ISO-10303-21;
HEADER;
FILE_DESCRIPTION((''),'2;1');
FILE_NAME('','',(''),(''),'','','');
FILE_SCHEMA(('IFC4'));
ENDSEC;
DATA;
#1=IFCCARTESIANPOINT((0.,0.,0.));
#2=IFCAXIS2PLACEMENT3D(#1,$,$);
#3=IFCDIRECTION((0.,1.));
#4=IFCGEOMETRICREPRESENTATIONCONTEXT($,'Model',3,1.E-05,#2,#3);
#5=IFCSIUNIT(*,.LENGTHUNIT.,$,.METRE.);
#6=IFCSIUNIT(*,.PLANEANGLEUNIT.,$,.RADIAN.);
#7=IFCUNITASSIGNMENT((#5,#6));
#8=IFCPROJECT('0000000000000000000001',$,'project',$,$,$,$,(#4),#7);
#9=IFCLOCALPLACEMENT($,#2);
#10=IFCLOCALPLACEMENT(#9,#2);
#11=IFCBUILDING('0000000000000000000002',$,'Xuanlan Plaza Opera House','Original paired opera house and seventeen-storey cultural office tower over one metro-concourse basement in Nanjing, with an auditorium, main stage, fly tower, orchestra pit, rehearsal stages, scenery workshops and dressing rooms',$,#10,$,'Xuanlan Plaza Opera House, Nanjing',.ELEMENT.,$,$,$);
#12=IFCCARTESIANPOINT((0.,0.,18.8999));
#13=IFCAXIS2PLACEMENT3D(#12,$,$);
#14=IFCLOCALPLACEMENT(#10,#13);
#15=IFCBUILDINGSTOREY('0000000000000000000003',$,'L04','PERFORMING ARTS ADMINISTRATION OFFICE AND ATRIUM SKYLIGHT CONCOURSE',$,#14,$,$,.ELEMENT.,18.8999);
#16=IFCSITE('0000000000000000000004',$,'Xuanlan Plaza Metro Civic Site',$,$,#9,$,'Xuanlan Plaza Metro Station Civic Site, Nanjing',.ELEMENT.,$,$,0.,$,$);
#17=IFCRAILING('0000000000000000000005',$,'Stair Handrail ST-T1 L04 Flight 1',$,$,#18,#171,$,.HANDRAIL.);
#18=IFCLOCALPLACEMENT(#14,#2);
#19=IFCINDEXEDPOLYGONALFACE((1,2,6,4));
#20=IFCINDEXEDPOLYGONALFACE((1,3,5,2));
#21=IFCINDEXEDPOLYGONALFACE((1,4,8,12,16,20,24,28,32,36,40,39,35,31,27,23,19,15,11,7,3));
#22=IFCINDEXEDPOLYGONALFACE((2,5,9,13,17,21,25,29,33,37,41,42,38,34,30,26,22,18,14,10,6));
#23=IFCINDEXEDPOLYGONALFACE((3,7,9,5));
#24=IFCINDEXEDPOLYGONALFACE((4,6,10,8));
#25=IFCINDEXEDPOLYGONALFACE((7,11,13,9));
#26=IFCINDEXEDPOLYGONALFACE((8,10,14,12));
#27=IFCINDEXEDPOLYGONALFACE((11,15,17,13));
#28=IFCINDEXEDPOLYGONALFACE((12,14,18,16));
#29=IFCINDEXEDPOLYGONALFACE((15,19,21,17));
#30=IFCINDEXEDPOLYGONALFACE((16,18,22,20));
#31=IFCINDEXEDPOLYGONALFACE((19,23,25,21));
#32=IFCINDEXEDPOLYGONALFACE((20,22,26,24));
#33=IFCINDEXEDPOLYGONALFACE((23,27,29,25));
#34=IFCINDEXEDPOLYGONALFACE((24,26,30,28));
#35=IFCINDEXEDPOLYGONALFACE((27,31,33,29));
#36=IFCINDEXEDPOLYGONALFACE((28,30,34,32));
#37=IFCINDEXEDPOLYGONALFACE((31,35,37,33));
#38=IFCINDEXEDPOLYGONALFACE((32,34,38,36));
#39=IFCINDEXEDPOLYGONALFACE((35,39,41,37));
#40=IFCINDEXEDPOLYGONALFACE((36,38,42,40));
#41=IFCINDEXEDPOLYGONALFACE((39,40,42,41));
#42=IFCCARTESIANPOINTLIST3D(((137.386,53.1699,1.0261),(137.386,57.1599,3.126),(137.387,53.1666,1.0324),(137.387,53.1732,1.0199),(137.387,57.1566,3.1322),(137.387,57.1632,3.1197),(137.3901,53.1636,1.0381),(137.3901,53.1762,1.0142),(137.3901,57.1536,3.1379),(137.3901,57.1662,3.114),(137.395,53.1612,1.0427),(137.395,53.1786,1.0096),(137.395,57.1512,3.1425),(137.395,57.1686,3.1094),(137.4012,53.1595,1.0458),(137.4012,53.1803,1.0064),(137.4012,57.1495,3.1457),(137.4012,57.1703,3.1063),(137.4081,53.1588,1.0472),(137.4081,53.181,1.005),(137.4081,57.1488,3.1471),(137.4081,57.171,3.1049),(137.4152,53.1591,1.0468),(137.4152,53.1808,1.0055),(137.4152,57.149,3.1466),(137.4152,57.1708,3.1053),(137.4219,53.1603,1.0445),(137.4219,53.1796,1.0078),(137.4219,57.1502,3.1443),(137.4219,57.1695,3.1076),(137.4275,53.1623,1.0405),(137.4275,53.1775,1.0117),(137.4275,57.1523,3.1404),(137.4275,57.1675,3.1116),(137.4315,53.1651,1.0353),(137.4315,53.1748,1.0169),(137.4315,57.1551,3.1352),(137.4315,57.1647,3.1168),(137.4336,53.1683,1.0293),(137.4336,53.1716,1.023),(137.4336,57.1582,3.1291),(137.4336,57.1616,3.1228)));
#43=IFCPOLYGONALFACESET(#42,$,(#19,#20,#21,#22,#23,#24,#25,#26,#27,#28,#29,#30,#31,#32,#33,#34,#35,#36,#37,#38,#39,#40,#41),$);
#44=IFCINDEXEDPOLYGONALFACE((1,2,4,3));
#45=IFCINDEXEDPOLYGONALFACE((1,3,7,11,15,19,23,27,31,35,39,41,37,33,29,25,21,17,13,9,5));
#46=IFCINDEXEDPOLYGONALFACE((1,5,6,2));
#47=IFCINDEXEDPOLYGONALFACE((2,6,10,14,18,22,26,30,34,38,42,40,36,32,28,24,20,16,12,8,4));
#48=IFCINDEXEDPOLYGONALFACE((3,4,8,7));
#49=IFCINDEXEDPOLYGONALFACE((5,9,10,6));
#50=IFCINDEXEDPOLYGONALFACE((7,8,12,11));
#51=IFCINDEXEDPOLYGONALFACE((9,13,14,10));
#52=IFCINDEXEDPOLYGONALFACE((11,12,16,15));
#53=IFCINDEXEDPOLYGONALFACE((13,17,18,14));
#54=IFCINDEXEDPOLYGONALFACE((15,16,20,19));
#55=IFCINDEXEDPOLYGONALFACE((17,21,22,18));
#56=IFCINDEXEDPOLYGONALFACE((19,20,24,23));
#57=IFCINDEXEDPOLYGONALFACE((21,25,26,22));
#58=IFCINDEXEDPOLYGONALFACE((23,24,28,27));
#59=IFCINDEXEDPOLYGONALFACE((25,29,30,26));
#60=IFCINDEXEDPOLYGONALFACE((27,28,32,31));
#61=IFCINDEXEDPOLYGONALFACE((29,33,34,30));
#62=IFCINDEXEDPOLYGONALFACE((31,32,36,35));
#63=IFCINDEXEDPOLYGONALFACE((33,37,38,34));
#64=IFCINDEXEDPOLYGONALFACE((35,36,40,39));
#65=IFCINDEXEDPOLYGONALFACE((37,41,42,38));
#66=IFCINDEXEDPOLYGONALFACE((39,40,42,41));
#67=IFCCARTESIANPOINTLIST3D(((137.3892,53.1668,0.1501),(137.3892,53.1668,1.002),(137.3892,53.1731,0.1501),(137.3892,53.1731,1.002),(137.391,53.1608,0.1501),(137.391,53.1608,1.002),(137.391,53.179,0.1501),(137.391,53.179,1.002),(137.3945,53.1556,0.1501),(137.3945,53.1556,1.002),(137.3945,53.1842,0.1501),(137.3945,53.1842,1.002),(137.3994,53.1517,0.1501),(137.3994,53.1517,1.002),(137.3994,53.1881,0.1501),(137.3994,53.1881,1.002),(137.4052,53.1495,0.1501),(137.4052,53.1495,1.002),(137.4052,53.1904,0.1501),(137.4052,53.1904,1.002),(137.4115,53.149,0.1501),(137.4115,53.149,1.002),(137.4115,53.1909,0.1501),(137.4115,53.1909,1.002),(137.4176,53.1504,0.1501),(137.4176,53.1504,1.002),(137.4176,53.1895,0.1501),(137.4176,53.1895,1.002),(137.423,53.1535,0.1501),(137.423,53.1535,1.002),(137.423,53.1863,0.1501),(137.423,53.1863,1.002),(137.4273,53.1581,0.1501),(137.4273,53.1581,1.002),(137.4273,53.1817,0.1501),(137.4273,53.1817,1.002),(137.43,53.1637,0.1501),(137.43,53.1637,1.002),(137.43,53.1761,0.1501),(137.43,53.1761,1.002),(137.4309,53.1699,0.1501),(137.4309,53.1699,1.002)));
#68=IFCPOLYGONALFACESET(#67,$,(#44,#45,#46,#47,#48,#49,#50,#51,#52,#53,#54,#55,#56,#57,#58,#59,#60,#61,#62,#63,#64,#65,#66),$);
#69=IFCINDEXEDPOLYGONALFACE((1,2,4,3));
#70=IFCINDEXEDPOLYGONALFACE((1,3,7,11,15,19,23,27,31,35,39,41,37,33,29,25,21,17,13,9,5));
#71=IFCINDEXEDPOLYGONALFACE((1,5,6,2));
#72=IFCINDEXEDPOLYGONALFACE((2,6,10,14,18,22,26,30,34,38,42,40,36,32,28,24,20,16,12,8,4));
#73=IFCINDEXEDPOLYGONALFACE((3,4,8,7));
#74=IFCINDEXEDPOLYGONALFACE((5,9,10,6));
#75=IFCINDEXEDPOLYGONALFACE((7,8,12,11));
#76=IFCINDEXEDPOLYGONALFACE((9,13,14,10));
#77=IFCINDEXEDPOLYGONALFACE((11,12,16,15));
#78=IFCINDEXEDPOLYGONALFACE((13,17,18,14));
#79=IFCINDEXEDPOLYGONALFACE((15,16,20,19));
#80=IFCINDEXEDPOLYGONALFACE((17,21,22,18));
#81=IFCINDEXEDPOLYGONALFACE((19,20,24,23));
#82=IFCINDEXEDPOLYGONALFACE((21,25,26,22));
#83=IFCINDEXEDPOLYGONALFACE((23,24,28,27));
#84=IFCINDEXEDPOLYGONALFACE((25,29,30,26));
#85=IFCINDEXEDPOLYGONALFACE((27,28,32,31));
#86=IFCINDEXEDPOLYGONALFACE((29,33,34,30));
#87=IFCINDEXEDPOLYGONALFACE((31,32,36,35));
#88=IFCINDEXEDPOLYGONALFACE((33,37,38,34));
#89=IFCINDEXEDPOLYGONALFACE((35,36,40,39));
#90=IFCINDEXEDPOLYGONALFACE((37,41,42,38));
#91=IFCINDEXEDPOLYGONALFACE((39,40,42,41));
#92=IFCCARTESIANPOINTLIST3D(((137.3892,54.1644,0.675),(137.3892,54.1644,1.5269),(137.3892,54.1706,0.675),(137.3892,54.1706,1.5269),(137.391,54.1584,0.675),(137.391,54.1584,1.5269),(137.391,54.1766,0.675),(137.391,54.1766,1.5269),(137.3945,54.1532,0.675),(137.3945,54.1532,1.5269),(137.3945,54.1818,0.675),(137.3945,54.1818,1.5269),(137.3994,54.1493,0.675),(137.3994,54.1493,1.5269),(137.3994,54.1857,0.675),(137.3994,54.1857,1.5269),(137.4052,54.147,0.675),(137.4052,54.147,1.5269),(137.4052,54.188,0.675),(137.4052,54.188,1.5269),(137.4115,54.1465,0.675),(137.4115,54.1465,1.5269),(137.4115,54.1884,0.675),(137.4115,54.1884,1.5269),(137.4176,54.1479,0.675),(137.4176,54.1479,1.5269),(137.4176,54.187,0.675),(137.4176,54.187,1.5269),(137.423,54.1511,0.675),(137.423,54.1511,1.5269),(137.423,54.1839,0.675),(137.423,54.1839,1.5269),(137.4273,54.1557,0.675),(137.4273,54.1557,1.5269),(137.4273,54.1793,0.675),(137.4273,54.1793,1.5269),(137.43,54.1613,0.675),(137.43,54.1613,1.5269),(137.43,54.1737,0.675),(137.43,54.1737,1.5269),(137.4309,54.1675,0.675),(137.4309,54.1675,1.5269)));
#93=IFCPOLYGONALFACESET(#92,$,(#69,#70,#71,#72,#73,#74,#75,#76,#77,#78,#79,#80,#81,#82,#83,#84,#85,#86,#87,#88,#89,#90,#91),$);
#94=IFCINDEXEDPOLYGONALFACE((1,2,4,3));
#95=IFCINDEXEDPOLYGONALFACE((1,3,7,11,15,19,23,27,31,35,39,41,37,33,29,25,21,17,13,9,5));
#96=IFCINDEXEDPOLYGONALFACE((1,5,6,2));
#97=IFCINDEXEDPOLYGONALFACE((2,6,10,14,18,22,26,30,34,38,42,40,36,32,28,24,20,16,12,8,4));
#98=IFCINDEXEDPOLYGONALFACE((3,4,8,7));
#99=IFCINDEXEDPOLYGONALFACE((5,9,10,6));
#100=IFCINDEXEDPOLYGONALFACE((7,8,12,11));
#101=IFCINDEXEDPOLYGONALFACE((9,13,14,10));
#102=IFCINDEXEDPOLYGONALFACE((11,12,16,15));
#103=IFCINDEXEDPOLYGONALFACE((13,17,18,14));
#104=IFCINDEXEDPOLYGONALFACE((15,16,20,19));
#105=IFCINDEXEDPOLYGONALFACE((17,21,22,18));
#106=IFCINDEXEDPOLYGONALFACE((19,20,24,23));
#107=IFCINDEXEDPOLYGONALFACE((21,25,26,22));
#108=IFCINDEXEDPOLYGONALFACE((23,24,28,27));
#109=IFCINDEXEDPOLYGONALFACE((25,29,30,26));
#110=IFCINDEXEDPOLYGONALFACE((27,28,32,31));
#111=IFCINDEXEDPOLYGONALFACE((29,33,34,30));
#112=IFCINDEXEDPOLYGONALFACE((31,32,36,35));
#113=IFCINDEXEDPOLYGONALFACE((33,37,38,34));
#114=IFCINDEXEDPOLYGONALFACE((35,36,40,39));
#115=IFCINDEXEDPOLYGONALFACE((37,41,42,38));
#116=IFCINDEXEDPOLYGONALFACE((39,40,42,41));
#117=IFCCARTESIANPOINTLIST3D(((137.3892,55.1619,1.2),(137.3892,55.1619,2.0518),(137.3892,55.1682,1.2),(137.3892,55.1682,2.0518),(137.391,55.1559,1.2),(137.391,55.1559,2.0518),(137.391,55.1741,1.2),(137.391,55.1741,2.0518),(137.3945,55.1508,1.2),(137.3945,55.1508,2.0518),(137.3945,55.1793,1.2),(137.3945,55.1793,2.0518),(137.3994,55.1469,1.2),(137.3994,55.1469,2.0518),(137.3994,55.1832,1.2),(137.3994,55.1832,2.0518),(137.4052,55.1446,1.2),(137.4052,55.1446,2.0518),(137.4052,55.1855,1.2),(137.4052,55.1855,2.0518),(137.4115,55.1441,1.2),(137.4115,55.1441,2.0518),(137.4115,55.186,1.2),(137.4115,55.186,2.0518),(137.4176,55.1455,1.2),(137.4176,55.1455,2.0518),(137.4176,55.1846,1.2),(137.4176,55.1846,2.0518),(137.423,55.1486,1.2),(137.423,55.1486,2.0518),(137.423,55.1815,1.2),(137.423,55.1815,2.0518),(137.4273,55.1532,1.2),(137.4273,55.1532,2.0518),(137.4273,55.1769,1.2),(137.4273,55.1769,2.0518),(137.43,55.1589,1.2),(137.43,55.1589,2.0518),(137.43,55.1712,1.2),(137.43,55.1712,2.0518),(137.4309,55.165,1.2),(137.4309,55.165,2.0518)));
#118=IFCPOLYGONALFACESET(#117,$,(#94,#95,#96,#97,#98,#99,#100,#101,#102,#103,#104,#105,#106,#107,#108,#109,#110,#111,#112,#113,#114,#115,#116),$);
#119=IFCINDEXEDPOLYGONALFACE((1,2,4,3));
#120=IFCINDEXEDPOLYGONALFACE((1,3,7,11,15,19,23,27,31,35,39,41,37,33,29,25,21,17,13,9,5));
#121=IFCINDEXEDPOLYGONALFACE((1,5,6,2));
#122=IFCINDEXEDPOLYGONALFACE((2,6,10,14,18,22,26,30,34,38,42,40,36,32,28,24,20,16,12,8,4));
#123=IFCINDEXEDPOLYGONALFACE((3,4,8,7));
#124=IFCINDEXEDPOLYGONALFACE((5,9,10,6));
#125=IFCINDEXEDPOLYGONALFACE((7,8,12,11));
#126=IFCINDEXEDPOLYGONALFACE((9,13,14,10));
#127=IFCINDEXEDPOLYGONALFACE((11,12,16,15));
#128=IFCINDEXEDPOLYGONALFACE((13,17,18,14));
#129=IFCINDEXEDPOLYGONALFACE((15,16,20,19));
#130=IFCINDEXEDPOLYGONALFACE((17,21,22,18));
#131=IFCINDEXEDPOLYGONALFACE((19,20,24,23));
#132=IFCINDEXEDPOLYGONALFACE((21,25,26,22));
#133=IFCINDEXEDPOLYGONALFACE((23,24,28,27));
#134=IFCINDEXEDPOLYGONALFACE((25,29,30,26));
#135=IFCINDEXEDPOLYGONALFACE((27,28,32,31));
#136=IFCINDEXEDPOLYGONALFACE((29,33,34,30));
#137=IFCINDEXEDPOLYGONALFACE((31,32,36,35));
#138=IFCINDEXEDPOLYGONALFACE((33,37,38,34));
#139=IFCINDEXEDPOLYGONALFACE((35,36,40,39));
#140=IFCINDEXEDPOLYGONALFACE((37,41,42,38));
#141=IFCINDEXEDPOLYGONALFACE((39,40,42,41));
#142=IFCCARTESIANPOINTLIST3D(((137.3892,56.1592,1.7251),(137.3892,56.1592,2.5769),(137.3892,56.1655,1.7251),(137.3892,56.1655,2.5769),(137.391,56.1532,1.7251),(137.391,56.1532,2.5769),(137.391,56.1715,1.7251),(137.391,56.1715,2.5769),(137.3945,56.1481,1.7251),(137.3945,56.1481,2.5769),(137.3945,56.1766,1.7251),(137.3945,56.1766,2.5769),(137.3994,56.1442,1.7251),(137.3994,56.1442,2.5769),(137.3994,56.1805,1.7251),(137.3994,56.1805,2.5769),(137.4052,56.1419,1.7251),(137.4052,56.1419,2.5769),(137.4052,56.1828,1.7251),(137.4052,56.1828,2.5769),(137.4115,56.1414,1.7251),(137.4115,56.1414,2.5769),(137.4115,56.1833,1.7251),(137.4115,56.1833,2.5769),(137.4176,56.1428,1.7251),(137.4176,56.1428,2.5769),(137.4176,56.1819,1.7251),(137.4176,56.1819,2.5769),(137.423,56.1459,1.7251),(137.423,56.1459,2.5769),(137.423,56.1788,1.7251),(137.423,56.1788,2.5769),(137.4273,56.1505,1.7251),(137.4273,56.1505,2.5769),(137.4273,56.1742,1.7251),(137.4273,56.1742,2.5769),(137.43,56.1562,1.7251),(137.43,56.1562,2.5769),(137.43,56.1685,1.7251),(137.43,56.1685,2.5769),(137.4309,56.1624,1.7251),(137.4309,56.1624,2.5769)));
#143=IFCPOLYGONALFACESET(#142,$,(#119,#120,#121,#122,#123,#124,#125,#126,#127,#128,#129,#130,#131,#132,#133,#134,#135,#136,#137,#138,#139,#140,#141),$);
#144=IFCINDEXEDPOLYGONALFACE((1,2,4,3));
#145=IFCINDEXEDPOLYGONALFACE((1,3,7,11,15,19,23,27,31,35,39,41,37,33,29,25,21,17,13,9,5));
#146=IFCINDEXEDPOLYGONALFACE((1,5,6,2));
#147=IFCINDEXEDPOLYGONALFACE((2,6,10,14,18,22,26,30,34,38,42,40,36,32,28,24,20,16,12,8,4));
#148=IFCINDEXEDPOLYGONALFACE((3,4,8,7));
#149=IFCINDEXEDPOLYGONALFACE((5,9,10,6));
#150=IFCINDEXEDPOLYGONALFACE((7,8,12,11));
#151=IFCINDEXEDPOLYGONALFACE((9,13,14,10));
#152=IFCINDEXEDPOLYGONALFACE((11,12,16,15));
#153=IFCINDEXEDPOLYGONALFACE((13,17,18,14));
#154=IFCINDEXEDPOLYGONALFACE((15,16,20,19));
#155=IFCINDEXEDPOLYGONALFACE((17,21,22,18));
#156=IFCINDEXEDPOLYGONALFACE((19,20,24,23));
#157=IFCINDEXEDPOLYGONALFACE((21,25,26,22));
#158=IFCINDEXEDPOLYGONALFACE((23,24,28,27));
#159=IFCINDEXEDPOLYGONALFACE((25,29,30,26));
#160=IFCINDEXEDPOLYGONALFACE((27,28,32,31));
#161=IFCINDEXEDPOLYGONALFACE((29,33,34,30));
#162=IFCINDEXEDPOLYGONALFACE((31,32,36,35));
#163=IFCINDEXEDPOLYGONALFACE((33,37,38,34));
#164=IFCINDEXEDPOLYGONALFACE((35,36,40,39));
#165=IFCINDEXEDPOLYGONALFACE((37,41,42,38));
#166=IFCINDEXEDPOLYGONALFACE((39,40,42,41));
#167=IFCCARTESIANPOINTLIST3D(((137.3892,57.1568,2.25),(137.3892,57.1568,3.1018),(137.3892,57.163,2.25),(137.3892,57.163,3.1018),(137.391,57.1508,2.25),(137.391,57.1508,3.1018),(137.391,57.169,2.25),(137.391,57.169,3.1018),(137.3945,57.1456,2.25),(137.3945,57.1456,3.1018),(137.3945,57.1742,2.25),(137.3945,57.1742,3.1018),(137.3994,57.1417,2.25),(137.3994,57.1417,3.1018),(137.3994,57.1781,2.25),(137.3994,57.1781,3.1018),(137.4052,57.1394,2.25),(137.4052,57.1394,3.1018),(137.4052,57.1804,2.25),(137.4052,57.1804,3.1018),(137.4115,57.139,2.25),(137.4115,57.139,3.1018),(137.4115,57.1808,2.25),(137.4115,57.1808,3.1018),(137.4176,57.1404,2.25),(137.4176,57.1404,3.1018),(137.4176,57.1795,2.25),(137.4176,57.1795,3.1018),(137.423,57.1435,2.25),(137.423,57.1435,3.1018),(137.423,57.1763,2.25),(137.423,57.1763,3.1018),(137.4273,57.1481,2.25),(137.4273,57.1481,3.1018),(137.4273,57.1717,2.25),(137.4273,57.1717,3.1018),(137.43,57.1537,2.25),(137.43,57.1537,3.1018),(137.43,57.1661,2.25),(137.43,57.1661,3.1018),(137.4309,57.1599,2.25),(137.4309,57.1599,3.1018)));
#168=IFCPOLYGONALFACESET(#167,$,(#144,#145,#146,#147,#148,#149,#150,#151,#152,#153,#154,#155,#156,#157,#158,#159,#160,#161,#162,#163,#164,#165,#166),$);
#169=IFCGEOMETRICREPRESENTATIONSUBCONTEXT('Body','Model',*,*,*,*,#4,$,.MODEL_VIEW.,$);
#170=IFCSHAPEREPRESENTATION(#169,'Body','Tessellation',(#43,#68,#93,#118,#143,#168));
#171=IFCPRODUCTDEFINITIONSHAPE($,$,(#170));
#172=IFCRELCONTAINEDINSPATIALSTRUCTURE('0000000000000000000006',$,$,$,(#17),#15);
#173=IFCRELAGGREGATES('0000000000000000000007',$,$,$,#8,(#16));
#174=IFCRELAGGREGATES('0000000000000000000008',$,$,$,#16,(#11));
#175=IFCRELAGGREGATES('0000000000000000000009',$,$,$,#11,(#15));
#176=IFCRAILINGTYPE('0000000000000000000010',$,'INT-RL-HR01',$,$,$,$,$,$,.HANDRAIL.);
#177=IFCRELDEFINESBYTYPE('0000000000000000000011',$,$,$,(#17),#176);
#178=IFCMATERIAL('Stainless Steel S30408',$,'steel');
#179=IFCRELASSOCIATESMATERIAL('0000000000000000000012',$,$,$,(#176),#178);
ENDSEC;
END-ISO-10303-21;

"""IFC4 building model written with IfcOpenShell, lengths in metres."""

from ifc_helpers import new_model, si_unit, direction, frame, origin, origin_2d, place, context, subcontext, project, spatial, circle, extrude, material, type_object, element, save


model = new_model("IFC4")

# Units and contexts
model_context = context("Model", 3, precision=1e-05, world=origin(), true_north=direction((0.0, 1.0)))
body_context = subcontext(model_context, "Body", "Model", "MODEL_VIEW")
ifc_project = project(units=[si_unit("LENGTHUNIT", "METRE"), si_unit("PLANEANGLEUNIT", "RADIAN")], contexts=[model_context])

# Site, building, storey
site_placement = place(None, origin())
site = spatial("IfcSite", under=ifc_project, at=site_placement, Name="Xuanlan Plaza Metro Civic Site", LongName="Xuanlan Plaza Metro Station Civic Site, Nanjing", CompositionType="ELEMENT", RefElevation=0.0)
building_placement = place(site_placement, origin())
building = spatial("IfcBuilding", under=site, at=building_placement, Name="Xuanlan Plaza Opera House", Description="Original paired opera house and seventeen-storey cultural office tower over one metro-concourse basement in Nanjing, with an auditorium, main stage, fly tower, orchestra pit, rehearsal stages, scenery workshops and dressing rooms", LongName="Xuanlan Plaza Opera House, Nanjing", CompositionType="ELEMENT")
storey_placement = place(building_placement, frame((0.0, 0.0, 18.8999)))
storey = spatial("IfcBuildingStorey", under=building, at=storey_placement, Name="L04", Description="PERFORMING ARTS ADMINISTRATION OFFICE AND ATRIUM SKYLIGHT CONCOURSE", CompositionType="ELEMENT", Elevation=18.8999)

# Shared definitions
ifc_material_1 = material(Name="Stainless Steel S30408", Category="steel")

# Railing
railing_type = type_object("IfcRailingType", Name="INT-RL-HR01", PredefinedType="HANDRAIL", material=ifc_material_1)
railing_placement = place(storey_placement, frame((137.4099, 53.1699, 0.1501)))
element("IfcRailing", 1, at=railing_placement, inside=storey, type_object=railing_type, Name="Stair Handrail ST-T1 L04 Flight 1", PredefinedType="HANDRAIL", context=body_context, shape_type="SweptSolid", body=[
    extrude(circle(Radius=0.0239, at=origin_2d()), frame((0.0, 0.0, 0.876), z_axis=(0.0, 0.884931, 0.465722), x_axis=(-1.0, 0.0, 0.0)), (0.0, 0.0, 1.0), 4.5088),
    extrude(circle(Radius=0.021, at=origin_2d()), origin(), (0.0, 0.0, 1.0), 0.8518),
    extrude(circle(Radius=0.021, at=origin_2d()), frame((0.0, 0.9976, 0.5249)), (0.0, 0.0, 1.0), 0.8518),
    extrude(circle(Radius=0.021, at=origin_2d()), frame((0.0, 1.9951, 1.0498)), (0.0, 0.0, 1.0), 0.8518),
    extrude(circle(Radius=0.021, at=origin_2d()), frame((0.0, 2.9924, 1.575)), (0.0, 0.0, 1.0), 0.8518),
    extrude(circle(Radius=0.021, at=origin_2d()), frame((0.0, 3.99, 2.0999)), (0.0, 0.0, 1.0), 0.8518),
])

save(model, "model.ifc")
